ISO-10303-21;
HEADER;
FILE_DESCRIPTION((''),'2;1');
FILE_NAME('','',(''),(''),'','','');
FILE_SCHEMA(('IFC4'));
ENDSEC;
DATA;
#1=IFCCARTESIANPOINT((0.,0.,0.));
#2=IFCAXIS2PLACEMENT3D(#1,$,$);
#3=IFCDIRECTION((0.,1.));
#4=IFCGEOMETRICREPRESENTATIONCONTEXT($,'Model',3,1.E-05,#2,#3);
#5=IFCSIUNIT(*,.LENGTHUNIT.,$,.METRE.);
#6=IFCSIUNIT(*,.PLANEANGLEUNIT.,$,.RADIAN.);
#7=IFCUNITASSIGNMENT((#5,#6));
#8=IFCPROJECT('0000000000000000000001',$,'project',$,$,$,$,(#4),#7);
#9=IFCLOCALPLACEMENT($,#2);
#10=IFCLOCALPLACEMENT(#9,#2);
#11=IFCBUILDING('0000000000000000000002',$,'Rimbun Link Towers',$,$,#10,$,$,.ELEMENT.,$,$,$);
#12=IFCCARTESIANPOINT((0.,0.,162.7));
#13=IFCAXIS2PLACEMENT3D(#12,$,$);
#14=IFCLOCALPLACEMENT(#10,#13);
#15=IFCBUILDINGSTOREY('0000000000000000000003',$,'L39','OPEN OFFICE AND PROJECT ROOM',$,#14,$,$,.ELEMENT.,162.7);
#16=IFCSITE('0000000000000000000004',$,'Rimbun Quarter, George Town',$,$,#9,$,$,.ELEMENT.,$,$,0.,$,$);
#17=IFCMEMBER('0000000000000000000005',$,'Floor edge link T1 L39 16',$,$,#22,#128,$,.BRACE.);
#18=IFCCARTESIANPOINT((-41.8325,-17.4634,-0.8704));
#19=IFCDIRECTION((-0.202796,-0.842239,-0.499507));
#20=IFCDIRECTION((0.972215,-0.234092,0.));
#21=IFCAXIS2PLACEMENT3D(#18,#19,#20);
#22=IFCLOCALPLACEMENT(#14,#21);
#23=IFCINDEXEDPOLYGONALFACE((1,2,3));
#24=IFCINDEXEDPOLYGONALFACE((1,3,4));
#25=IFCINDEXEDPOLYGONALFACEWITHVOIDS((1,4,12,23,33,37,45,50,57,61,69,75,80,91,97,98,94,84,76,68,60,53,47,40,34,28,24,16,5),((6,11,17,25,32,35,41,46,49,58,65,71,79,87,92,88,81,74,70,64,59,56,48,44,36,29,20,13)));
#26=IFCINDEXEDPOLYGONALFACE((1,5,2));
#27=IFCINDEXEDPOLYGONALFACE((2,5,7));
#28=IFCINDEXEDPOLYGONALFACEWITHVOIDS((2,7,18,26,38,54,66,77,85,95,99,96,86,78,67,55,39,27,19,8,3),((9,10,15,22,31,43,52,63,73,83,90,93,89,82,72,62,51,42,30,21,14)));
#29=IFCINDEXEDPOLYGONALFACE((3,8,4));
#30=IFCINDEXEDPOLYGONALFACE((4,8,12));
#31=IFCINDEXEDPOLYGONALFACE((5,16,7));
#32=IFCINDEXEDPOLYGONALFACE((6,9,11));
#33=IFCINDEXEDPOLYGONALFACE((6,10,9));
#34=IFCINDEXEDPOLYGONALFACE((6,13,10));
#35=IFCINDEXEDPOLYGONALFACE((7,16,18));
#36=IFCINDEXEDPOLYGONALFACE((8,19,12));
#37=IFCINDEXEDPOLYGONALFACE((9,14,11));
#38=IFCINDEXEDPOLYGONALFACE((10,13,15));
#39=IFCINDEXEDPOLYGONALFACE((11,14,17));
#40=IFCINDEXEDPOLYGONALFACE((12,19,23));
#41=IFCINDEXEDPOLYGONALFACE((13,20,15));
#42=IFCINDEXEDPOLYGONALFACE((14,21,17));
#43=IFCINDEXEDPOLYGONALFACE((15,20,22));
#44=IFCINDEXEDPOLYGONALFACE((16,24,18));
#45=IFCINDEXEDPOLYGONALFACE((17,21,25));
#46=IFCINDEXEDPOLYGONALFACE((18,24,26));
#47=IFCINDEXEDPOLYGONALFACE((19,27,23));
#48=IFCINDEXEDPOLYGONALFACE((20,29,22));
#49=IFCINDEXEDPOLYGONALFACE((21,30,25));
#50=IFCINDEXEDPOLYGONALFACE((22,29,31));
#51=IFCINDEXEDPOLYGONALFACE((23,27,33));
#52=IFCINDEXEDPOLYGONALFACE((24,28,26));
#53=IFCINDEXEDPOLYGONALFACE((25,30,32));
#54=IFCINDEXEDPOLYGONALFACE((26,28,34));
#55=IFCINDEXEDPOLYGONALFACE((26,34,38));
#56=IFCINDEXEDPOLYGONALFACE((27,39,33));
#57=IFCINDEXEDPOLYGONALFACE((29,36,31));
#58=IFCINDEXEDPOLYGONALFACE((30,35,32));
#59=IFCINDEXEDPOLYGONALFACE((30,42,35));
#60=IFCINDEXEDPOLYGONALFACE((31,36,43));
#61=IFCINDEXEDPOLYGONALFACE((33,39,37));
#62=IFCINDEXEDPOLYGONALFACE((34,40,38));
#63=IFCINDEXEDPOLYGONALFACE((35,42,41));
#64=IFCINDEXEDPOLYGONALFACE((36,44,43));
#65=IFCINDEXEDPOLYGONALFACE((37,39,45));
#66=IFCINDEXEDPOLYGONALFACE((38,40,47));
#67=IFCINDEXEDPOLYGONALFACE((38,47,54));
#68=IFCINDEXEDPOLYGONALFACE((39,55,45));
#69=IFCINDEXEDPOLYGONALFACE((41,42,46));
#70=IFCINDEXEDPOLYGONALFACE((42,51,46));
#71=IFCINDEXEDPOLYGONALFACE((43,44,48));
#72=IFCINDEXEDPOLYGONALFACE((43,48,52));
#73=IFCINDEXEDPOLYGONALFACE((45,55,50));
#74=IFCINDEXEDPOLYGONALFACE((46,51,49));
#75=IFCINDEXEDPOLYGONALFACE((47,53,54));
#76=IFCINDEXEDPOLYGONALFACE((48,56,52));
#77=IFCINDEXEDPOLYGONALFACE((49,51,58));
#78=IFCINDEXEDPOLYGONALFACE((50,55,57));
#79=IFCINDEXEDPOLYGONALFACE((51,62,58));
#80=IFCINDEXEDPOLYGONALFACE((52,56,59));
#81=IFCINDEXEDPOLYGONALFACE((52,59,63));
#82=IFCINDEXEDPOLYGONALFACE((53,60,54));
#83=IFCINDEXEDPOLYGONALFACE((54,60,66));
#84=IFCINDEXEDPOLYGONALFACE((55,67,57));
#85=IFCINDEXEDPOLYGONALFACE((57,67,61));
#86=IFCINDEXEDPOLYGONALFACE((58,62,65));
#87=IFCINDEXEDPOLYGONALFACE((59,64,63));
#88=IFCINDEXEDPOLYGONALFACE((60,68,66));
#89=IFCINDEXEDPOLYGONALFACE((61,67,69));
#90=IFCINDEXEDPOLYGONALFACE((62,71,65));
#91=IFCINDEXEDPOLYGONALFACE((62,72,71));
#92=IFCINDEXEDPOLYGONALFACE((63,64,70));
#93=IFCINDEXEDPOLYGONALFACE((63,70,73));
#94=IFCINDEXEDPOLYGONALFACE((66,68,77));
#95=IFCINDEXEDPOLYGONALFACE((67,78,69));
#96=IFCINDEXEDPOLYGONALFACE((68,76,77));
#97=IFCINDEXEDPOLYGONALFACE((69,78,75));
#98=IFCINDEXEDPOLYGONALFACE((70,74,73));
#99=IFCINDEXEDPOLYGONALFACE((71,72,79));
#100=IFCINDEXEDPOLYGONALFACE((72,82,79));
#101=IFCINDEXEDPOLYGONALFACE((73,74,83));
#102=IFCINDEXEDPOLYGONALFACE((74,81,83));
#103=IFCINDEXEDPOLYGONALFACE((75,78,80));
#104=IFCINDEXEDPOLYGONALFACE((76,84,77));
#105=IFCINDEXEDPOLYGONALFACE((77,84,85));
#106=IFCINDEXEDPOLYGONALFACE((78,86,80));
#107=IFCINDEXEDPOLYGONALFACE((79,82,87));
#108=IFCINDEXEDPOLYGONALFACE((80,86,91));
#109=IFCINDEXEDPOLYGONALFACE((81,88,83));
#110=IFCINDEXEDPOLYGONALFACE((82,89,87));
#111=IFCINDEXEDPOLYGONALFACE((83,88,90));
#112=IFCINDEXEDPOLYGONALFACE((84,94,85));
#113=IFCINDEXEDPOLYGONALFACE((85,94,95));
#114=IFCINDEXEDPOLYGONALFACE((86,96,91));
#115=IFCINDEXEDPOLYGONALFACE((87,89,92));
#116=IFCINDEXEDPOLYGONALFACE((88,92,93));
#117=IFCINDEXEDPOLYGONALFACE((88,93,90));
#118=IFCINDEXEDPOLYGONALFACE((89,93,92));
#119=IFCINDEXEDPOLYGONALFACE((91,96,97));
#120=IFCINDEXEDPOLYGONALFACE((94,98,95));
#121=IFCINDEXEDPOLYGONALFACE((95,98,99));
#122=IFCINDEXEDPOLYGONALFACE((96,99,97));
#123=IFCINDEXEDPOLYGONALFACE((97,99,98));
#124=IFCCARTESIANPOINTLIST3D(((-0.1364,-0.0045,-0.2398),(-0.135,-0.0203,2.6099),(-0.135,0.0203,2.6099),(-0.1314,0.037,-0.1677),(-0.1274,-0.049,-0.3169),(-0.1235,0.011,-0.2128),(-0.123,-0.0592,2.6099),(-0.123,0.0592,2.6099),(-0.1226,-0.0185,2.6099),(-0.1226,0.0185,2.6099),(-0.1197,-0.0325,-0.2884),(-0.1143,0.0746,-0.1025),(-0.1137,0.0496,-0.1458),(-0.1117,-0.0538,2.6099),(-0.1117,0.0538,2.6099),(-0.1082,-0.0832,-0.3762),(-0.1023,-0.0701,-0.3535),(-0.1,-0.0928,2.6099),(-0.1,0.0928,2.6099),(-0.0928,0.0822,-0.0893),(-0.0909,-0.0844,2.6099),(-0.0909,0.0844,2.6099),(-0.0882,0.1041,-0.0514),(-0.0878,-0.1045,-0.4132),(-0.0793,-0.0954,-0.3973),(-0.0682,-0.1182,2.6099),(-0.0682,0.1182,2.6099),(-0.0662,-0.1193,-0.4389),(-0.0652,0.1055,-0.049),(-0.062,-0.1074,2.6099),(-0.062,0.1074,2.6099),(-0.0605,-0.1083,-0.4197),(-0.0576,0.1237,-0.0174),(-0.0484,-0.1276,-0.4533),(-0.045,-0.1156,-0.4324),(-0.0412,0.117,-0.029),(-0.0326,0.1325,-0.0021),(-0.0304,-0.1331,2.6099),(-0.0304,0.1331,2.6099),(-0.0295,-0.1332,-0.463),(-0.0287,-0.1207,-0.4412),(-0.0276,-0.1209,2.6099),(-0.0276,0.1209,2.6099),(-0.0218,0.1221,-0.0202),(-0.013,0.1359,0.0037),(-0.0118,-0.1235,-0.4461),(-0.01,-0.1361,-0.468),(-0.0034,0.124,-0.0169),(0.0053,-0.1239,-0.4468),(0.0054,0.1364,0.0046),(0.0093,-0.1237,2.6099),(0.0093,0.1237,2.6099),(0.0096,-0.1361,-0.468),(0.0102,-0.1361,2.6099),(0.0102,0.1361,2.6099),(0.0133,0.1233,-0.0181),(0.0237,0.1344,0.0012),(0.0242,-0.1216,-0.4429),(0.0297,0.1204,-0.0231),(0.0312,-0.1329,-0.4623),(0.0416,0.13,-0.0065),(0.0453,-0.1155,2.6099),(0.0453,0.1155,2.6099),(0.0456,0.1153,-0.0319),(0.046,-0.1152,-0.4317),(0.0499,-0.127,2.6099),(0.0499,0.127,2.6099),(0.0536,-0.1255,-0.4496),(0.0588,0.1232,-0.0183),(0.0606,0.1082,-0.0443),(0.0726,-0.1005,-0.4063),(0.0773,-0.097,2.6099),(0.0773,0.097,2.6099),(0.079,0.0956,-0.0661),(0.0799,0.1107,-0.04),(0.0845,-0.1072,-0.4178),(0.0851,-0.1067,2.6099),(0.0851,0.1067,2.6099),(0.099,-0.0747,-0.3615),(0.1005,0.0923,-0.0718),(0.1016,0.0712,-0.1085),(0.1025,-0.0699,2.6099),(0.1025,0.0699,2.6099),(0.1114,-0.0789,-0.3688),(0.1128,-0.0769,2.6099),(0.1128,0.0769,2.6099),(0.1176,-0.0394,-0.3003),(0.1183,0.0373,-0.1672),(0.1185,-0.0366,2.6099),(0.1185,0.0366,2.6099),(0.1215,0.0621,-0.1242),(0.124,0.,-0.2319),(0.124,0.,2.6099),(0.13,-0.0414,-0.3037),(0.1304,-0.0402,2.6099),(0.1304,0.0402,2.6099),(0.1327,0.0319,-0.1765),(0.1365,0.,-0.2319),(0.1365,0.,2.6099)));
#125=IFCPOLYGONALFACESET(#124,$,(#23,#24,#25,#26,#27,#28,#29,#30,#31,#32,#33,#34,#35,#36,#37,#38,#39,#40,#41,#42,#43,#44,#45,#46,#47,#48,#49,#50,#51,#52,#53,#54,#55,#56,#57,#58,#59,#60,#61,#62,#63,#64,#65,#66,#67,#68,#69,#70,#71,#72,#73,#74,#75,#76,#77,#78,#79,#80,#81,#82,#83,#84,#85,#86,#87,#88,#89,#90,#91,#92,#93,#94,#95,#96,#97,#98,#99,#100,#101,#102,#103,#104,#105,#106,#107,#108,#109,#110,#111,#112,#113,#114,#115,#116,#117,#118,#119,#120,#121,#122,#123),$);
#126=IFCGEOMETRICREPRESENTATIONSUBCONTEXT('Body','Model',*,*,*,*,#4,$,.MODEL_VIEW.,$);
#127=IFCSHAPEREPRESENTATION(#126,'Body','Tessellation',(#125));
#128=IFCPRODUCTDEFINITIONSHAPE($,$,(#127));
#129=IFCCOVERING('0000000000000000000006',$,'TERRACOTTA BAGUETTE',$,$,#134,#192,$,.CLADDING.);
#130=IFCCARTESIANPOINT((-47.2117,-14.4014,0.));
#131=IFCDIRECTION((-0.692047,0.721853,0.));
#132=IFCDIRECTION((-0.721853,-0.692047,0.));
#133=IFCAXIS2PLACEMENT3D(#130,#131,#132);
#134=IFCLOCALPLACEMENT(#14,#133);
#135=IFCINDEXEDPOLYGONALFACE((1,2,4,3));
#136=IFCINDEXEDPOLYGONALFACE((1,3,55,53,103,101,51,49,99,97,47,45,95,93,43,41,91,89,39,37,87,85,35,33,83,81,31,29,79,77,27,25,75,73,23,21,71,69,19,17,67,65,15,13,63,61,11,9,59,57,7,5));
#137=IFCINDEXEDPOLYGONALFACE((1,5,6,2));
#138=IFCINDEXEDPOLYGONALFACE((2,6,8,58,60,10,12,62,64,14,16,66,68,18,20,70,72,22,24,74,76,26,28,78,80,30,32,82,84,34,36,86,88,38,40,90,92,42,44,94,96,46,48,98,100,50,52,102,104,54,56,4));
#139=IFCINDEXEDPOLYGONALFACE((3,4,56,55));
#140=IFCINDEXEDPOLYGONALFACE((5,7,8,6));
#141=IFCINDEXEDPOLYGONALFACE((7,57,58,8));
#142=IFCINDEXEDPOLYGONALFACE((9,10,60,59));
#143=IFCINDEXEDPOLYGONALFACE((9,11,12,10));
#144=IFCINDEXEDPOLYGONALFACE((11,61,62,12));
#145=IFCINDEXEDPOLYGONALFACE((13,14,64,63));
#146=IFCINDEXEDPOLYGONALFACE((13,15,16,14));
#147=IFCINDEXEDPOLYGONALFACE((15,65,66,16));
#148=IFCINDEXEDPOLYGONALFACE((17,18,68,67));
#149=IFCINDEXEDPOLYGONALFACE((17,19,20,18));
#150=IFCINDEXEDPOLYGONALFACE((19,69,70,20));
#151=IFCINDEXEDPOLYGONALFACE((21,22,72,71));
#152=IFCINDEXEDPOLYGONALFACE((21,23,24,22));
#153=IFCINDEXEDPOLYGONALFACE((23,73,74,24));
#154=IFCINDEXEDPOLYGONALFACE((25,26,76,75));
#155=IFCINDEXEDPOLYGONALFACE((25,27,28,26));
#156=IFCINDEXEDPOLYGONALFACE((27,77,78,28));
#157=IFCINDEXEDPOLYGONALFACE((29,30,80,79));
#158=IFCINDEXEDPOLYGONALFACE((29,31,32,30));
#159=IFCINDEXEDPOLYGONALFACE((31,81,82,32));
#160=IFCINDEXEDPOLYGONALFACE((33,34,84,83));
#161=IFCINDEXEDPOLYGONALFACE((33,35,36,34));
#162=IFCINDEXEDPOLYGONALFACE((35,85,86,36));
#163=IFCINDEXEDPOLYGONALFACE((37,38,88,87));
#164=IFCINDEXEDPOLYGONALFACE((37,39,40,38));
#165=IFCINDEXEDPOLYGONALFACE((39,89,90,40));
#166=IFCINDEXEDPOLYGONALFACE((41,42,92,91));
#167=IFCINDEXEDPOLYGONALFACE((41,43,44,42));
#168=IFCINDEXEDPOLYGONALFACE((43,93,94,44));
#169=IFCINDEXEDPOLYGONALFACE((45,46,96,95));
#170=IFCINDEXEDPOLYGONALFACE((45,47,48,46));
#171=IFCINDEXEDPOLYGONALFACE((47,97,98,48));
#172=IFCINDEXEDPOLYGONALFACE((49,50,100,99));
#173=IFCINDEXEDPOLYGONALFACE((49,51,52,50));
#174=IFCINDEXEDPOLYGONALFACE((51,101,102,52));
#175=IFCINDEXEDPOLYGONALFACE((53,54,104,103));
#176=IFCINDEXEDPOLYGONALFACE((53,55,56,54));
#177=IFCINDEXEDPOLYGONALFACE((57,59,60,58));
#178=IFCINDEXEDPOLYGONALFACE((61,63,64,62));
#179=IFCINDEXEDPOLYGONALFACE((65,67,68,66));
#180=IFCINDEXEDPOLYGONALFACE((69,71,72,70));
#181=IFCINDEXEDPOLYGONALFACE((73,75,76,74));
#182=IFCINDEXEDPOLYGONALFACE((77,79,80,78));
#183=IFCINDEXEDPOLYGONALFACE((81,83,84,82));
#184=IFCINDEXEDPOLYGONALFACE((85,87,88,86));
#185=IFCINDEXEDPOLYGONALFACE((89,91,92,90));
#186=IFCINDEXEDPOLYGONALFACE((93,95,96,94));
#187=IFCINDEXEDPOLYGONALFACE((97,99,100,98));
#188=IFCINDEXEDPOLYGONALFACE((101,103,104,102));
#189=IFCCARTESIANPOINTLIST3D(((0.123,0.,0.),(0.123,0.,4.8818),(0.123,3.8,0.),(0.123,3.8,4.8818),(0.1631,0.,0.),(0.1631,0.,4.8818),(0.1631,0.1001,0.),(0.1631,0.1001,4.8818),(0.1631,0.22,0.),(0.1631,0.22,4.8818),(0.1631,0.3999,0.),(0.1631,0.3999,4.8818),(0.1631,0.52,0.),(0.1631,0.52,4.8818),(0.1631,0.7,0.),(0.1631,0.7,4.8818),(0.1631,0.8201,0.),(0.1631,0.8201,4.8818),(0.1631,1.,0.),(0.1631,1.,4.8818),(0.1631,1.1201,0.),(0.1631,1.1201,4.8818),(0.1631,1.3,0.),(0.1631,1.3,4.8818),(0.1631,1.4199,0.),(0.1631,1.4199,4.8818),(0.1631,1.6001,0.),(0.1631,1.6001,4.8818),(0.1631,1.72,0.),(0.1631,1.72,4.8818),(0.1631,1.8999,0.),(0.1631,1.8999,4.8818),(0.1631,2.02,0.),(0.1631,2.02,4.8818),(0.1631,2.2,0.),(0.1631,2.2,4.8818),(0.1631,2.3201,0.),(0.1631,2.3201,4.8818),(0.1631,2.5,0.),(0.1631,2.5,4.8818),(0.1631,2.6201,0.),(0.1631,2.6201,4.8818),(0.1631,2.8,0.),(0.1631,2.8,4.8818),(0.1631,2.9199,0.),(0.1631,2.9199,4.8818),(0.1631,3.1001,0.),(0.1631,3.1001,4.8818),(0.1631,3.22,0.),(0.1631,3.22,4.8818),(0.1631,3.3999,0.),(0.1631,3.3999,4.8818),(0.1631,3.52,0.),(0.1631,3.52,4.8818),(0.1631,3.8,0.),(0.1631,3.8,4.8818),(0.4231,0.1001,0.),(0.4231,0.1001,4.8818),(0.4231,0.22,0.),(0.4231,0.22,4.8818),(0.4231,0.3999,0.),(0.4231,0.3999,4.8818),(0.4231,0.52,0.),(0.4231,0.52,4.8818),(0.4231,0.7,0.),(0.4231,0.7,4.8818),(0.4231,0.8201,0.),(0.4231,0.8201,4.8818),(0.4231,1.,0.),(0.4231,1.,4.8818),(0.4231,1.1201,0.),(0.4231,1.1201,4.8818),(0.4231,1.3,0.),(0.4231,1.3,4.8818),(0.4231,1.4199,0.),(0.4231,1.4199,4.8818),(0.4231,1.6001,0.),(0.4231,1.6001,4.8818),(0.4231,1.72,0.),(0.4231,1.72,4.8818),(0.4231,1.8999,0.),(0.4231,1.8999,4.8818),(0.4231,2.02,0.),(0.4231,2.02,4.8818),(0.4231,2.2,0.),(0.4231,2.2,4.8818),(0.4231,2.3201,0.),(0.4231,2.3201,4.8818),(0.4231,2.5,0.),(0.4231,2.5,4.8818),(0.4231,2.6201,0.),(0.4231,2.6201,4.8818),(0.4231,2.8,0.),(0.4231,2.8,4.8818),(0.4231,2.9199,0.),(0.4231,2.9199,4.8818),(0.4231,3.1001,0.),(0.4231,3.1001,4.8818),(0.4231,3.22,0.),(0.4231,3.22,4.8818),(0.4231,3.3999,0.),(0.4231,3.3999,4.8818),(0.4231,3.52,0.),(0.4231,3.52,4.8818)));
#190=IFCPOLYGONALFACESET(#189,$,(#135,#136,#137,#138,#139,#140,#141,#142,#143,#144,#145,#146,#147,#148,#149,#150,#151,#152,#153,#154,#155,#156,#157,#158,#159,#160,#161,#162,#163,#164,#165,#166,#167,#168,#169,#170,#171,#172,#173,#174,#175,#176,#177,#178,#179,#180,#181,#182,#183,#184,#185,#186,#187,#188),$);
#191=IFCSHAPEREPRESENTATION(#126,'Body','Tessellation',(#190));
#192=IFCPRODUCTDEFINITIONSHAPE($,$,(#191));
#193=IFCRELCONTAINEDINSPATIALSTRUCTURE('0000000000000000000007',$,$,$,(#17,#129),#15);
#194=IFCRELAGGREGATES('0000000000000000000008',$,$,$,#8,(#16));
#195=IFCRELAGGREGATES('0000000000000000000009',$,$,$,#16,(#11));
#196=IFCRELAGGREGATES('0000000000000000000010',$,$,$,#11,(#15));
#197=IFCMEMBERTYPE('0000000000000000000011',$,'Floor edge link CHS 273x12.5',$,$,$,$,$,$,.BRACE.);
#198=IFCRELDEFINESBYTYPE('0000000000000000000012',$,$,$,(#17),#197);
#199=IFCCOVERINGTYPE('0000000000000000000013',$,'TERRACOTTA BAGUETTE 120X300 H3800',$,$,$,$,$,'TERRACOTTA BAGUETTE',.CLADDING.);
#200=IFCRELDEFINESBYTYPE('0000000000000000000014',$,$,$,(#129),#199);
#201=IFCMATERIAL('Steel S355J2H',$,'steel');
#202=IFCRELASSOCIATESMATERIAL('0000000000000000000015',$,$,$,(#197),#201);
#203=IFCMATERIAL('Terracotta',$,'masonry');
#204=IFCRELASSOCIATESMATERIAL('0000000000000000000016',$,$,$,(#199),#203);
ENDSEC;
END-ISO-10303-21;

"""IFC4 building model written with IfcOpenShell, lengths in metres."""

from ifc_helpers import new_model, si_unit, direction, frame, origin, origin_2d, place, context, subcontext, project, spatial, polyline, hollow_circle, outline, extrude, clip, halfspace, material, material_profile, profile_set, type_object, element, save


model = new_model("IFC4")

# Units and contexts
model_context = context("Model", 3, precision=1e-05, world=origin(), true_north=direction((0.0, 1.0)))
body_context = subcontext(model_context, "Body", "Model", "MODEL_VIEW")
ifc_project = project(units=[si_unit("LENGTHUNIT", "METRE"), si_unit("PLANEANGLEUNIT", "RADIAN")], contexts=[model_context])

# Site, building, storey
site_placement = place(None, origin())
site = spatial("IfcSite", under=ifc_project, at=site_placement, Name="Rimbun Quarter, George Town", CompositionType="ELEMENT", RefElevation=0.0)
building_placement = place(site_placement, origin())
building = spatial("IfcBuilding", under=site, at=building_placement, Name="Rimbun Link Towers", CompositionType="ELEMENT")
storey_placement = place(building_placement, frame((0.0, 0.0, 162.7)))
storey = spatial("IfcBuildingStorey", under=building, at=storey_placement, Name="L39", Description="OPEN OFFICE AND PROJECT ROOM", CompositionType="ELEMENT", Elevation=162.7)

# Member
ifc_material_1 = material(Name="Steel S355J2H", Category="steel")
ifc_material_profile_1 = material_profile(ifc_material_1, hollow_circle(Radius=0.1365, WallThickness=0.0125, at=origin_2d()), Name="CHS 273x12.5")
ifc_profile_set_1 = profile_set([ifc_material_profile_1], Name="Steel S355J2H")
member_type_1 = type_object("IfcMemberType", Name="Floor edge link CHS 273x12.5", PredefinedType="BRACE", material=ifc_profile_set_1)
member_1_placement = place(storey_placement, frame((-41.8325, -17.4634, -0.8704), z_axis=(-0.202796, -0.842239, -0.499507), x_axis=(0.972215, -0.234092, 0.0)))
element("IfcMember", 1, at=member_1_placement, inside=storey, type_object=member_type_1, Name="Floor edge link T1 L39 16", PredefinedType="BRACE", context=body_context, shape_type="Clipping", body=[
    clip(extrude(hollow_circle(Radius=0.1365, WallThickness=0.0125, at=origin_2d()), frame((0.0, 0.0, -0.4937)), (0.0, 0.0, 1.0), 3.1035), halfspace(frame((0.0, 0.0, -0.2319), z_axis=(0.0, 0.86631, -0.499507)), False)),
])

# Covering
ifc_material_2 = material(Name="Terracotta", Category="masonry")
ifc_material_profile_2 = material_profile(ifc_material_2, outline(polyline([(0.123, 0.0), (0.1631, 0.0), (0.1631, 0.1001), (0.4231, 0.1001), (0.4231, 0.22), (0.1631, 0.22), (0.1631, 0.3999), (0.4231, 0.3999), (0.4231, 0.52), (0.1631, 0.52), (0.1631, 0.7), (0.4231, 0.7), (0.4231, 0.8201), (0.1631, 0.8201), (0.1631, 1.0), (0.4231, 1.0), (0.4231, 1.1201), (0.1631, 1.1201), (0.1631, 1.3), (0.4231, 1.3), (0.4231, 1.4199), (0.1631, 1.4199), (0.1631, 1.6001), (0.4231, 1.6001), (0.4231, 1.72), (0.1631, 1.72), (0.1631, 1.8999), (0.4231, 1.8999), (0.4231, 2.02), (0.1631, 2.02), (0.1631, 2.2), (0.4231, 2.2), (0.4231, 2.3201), (0.1631, 2.3201), (0.1631, 2.5), (0.4231, 2.5), (0.4231, 2.6201), (0.1631, 2.6201), (0.1631, 2.8), (0.4231, 2.8), (0.4231, 2.9199), (0.1631, 2.9199), (0.1631, 3.1001), (0.4231, 3.1001), (0.4231, 3.22), (0.1631, 3.22), (0.1631, 3.3999), (0.4231, 3.3999), (0.4231, 3.52), (0.1631, 3.52), (0.1631, 3.8), (0.123, 3.8), (0.123, 0.0)])), Name="BAGUETTE 120X300")
ifc_profile_set_2 = profile_set([ifc_material_profile_2], Name="Terracotta")
covering_type = type_object("IfcCoveringType", Name="TERRACOTTA BAGUETTE 120X300 H3800", ElementType="TERRACOTTA BAGUETTE", PredefinedType="CLADDING", material=ifc_profile_set_2)
covering_1_placement = place(storey_placement, frame((-47.2117, -14.4014, 0.0), z_axis=(-0.692047, 0.721853, 0.0), x_axis=(-0.721853, -0.692047, 0.0)))
element("IfcCovering", 2, at=covering_1_placement, inside=storey, type_object=covering_type, Name="TERRACOTTA BAGUETTE", PredefinedType="CLADDING", context=body_context, shape_type="SweptSolid", body=[
    extrude(outline(polyline([(0.123, 0.0), (0.1631, 0.0), (0.1631, 0.1001), (0.4231, 0.1001), (0.4231, 0.22), (0.1631, 0.22), (0.1631, 0.3999), (0.4231, 0.3999), (0.4231, 0.52), (0.1631, 0.52), (0.1631, 0.7), (0.4231, 0.7), (0.4231, 0.8201), (0.1631, 0.8201), (0.1631, 1.0), (0.4231, 1.0), (0.4231, 1.1201), (0.1631, 1.1201), (0.1631, 1.3), (0.4231, 1.3), (0.4231, 1.4199), (0.1631, 1.4199), (0.1631, 1.6001), (0.4231, 1.6001), (0.4231, 1.72), (0.1631, 1.72), (0.1631, 1.8999), (0.4231, 1.8999), (0.4231, 2.02), (0.1631, 2.02), (0.1631, 2.2), (0.4231, 2.2), (0.4231, 2.3201), (0.1631, 2.3201), (0.1631, 2.5), (0.4231, 2.5), (0.4231, 2.6201), (0.1631, 2.6201), (0.1631, 2.8), (0.4231, 2.8), (0.4231, 2.9199), (0.1631, 2.9199), (0.1631, 3.1001), (0.4231, 3.1001), (0.4231, 3.22), (0.1631, 3.22), (0.1631, 3.3999), (0.4231, 3.3999), (0.4231, 3.52), (0.1631, 3.52), (0.1631, 3.8), (0.123, 3.8), (0.123, 0.0)])), origin(), (0.0, 0.0, 1.0), 4.8818),
])

save(model, "model.ifc")
